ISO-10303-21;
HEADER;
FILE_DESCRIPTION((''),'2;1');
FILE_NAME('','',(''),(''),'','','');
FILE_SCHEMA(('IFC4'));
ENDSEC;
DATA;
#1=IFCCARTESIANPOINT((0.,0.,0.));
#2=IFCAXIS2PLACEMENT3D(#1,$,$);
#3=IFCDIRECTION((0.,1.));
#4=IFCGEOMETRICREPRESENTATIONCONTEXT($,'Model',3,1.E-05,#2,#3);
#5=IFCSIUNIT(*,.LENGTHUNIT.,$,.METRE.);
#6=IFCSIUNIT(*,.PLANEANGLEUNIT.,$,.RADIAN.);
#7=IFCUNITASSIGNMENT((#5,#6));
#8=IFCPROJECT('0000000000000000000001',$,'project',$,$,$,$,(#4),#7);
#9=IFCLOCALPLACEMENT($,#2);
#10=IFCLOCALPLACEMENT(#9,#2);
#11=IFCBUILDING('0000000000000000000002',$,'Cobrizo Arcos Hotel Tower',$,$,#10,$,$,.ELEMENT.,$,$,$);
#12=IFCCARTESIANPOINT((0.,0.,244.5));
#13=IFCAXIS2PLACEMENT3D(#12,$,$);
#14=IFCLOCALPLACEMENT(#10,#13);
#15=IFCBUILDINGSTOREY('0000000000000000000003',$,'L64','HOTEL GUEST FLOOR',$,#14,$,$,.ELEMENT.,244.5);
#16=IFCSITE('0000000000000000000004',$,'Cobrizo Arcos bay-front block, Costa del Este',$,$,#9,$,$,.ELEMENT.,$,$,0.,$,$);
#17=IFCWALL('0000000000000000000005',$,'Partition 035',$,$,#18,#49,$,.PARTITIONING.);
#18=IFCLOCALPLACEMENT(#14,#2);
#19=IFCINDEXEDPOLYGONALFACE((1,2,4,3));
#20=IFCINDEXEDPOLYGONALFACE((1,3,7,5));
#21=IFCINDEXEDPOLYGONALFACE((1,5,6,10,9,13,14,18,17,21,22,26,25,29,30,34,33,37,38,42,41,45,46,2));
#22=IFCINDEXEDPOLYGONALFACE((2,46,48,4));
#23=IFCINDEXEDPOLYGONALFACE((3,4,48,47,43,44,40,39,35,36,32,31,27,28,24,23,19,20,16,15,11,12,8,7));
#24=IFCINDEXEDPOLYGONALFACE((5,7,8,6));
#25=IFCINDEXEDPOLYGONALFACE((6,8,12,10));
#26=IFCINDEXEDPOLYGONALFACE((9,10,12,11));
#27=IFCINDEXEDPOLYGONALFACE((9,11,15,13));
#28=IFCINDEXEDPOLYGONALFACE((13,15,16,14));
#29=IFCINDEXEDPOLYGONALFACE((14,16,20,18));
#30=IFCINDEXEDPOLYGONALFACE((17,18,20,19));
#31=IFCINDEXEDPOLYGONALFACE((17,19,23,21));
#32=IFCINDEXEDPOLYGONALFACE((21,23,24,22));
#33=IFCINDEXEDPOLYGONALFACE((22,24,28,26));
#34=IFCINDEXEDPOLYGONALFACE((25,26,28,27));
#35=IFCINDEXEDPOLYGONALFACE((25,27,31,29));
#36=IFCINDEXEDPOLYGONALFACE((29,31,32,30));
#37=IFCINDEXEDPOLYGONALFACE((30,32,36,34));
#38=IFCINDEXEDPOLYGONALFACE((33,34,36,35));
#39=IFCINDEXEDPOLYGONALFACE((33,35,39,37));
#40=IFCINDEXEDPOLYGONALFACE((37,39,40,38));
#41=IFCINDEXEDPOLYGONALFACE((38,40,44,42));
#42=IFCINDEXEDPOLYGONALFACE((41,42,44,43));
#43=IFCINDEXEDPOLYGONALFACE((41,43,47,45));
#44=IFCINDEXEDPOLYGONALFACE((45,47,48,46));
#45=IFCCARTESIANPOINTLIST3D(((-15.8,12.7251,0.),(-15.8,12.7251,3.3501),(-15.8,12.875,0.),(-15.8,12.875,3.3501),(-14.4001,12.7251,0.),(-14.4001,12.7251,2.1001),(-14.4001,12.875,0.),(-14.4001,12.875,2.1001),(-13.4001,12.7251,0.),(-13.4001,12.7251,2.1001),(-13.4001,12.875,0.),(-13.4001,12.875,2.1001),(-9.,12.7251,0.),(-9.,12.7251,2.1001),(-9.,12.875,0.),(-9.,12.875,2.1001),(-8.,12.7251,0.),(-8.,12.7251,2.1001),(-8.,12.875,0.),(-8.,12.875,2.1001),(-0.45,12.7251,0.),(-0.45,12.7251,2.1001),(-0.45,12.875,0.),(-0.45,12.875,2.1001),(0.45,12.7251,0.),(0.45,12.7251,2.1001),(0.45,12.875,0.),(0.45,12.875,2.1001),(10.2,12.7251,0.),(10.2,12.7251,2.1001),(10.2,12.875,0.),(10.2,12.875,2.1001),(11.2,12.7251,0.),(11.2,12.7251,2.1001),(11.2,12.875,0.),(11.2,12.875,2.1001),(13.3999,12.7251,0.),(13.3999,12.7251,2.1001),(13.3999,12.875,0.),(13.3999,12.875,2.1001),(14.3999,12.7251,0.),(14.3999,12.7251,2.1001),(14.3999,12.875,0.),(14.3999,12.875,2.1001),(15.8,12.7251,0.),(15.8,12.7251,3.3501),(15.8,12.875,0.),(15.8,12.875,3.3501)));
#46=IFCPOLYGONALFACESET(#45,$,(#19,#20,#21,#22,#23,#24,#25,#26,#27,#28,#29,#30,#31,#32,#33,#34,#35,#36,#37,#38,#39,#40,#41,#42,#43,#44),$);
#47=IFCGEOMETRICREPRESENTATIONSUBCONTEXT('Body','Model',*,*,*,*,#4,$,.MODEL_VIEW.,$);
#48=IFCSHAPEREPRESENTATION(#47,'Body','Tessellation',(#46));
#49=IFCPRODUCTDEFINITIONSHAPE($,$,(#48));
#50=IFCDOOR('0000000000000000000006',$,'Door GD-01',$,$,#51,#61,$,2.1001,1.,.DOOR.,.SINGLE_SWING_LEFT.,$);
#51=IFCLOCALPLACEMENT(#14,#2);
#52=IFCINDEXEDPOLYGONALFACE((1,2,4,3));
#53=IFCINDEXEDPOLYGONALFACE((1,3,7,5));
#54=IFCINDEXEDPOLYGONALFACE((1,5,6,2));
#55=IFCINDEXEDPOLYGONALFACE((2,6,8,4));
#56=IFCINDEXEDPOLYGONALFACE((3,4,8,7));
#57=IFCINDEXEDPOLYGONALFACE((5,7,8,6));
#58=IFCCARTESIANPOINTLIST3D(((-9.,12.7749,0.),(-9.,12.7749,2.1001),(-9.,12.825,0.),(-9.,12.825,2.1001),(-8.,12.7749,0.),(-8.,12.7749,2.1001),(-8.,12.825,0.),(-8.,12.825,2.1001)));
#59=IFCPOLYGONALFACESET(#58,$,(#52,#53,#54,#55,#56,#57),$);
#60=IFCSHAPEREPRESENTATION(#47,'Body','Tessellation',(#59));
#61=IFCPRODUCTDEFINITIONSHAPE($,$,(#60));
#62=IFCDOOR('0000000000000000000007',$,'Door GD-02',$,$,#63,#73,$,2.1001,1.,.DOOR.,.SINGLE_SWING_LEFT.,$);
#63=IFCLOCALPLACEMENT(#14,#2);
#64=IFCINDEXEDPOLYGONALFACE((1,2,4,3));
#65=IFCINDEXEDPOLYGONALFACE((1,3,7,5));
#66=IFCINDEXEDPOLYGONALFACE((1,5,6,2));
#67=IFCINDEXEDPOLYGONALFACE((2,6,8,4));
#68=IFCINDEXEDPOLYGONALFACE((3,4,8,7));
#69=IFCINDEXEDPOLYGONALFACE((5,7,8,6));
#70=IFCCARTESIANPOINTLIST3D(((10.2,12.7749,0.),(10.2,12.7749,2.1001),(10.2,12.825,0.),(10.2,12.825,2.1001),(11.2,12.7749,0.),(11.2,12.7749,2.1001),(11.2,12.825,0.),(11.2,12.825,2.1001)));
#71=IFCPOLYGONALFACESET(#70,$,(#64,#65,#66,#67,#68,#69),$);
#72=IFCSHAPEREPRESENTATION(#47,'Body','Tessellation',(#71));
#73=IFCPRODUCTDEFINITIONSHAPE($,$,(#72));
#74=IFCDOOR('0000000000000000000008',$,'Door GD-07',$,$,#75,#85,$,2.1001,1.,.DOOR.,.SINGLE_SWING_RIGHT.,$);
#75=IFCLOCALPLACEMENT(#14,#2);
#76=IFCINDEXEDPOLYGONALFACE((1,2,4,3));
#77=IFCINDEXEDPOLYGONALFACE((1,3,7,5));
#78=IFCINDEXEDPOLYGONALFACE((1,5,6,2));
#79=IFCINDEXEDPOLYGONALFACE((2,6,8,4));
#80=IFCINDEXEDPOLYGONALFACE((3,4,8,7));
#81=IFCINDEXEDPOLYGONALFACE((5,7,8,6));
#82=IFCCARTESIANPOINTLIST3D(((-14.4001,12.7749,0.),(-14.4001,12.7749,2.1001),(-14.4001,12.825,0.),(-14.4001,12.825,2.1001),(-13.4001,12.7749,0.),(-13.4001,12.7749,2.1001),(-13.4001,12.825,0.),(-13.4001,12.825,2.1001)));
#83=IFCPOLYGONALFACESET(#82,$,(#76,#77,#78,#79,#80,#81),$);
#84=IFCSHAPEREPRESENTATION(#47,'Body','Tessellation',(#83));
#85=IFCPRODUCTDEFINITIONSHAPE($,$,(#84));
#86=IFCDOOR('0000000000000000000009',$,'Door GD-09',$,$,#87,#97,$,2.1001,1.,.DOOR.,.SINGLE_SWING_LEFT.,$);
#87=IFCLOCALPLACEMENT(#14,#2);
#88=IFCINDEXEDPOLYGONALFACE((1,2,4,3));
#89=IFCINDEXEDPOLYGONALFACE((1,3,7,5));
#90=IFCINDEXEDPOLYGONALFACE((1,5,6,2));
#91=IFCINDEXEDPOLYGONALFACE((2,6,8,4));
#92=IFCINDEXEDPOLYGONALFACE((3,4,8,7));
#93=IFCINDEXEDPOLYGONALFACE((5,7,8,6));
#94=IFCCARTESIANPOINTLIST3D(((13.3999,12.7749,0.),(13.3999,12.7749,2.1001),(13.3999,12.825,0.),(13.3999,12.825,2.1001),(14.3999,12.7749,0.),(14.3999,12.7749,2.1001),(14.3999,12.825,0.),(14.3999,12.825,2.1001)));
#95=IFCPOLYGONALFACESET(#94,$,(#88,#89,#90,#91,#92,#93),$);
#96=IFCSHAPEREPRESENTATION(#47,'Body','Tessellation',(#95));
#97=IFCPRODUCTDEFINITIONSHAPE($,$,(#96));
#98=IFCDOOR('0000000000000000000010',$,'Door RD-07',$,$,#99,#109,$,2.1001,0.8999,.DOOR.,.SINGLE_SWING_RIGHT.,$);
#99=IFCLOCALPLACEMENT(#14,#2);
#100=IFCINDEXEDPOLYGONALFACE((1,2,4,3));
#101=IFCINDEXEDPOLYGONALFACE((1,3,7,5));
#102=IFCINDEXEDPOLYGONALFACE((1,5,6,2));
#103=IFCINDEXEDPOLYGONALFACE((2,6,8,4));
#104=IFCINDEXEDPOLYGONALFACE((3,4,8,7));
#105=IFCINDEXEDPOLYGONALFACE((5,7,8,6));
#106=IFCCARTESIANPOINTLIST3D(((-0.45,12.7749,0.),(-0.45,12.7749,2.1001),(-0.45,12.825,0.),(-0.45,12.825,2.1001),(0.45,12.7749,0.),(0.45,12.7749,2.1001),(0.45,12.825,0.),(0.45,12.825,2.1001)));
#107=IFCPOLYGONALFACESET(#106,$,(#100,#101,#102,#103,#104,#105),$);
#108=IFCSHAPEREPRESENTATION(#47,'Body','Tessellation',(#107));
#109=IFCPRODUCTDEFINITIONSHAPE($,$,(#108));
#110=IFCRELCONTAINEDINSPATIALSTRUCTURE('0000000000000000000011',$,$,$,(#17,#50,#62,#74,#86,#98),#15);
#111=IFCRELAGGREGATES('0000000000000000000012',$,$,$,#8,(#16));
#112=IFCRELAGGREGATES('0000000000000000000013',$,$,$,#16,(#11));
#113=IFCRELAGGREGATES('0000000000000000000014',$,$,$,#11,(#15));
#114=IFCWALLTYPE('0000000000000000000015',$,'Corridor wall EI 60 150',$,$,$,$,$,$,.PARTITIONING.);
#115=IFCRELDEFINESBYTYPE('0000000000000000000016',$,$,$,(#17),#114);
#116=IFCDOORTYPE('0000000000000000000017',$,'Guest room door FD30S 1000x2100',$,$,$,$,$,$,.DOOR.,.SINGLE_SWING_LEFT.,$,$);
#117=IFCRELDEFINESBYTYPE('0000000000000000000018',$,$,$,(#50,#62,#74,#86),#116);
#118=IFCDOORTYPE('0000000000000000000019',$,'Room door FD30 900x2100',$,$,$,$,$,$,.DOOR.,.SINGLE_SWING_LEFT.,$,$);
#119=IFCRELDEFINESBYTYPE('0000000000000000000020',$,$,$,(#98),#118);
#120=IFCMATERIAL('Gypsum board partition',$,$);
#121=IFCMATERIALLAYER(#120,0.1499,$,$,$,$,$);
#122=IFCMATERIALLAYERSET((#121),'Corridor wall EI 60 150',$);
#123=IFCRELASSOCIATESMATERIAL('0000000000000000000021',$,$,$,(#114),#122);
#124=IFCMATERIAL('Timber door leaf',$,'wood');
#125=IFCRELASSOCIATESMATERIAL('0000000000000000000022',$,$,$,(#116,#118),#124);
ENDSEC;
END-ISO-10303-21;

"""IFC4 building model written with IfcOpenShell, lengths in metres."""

from ifc_helpers import new_model, si_unit, direction, frame, frame_2d, origin, place, context, subcontext, project, spatial, rectangle, extrude, material, layer, layer_set, type_object, element, fill, save


model = new_model("IFC4")

# Units and contexts
model_context = context("Model", 3, precision=1e-05, world=origin(), true_north=direction((0.0, 1.0)))
body_context = subcontext(model_context, "Body", "Model", "MODEL_VIEW")
ifc_project = project(units=[si_unit("LENGTHUNIT", "METRE"), si_unit("PLANEANGLEUNIT", "RADIAN")], contexts=[model_context])

# Site, building, storey
site_placement = place(None, origin())
site = spatial("IfcSite", under=ifc_project, at=site_placement, Name="Cobrizo Arcos bay-front block, Costa del Este", CompositionType="ELEMENT", RefElevation=0.0)
building_placement = place(site_placement, origin())
building = spatial("IfcBuilding", under=site, at=building_placement, Name="Cobrizo Arcos Hotel Tower", CompositionType="ELEMENT")
storey_placement = place(building_placement, frame((0.0, 0.0, 244.5)))
storey = spatial("IfcBuildingStorey", under=building, at=storey_placement, Name="L64", Description="HOTEL GUEST FLOOR", CompositionType="ELEMENT", Elevation=244.5)

# Wall, openings, doors
ifc_material_1 = material(Name="Gypsum board partition")
ifc_layer_1 = layer(ifc_material_1, 0.1499)
ifc_layer_set_1 = layer_set([ifc_layer_1], Name="Corridor wall EI 60 150")
wall_type = type_object("IfcWallType", Name="Corridor wall EI 60 150", PredefinedType="PARTITIONING", material=ifc_layer_set_1)
wall_placement = place(storey_placement, frame((-15.8, 12.8, 0.0), z_axis=(0.0, 0.0, 1.0), x_axis=(1.0, 0.0, 0.0)))
wall = element("IfcWall", 1, at=wall_placement, inside=storey, type_object=wall_type, Name="Partition 035", PredefinedType="PARTITIONING", context=body_context, shape_type="SweptSolid", body=[
    extrude(rectangle(XDim=31.6001, YDim=0.1499, at=frame_2d((15.8, 0.0))), origin(), (0.0, 0.0, 1.0), 3.3501),
])
opening_1_placement = place(wall_placement, frame((6.8, 0.0, 0.0)))
opening_1 = element("IfcOpeningElement", 2, at=opening_1_placement, cuts=wall, PredefinedType="OPENING", context=body_context, shape_type="SweptSolid", body=[
    extrude(rectangle(XDim=1.0, YDim=2.1001, at=frame_2d((0.5, 1.05))), frame((0.0, 0.0869, 0.0), z_axis=(0.0, -1.0, 0.0), x_axis=(1.0, 0.0, 0.0)), (0.0, 0.0, 1.0), 0.1738),
])
opening_2_placement = place(wall_placement, frame((15.3501, 0.0, 0.0)))
opening_2 = element("IfcOpeningElement", 3, at=opening_2_placement, cuts=wall, PredefinedType="OPENING", context=body_context, shape_type="SweptSolid", body=[
    extrude(rectangle(XDim=0.8999, YDim=2.1001, at=frame_2d((0.45, 1.05))), frame((0.0, 0.0869, 0.0), z_axis=(0.0, -1.0, 0.0), x_axis=(1.0, 0.0, 0.0)), (0.0, 0.0, 1.0), 0.1738),
])
opening_3_placement = place(wall_placement, frame((26.0, 0.0, 0.0)))
opening_3 = element("IfcOpeningElement", 4, at=opening_3_placement, cuts=wall, PredefinedType="OPENING", context=body_context, shape_type="SweptSolid", body=[
    extrude(rectangle(XDim=1.0, YDim=2.1001, at=frame_2d((0.5, 1.05))), frame((0.0, 0.0869, 0.0), z_axis=(0.0, -1.0, 0.0), x_axis=(1.0, 0.0, 0.0)), (0.0, 0.0, 1.0), 0.1738),
])
opening_4_placement = place(wall_placement, frame((1.3999, 0.0, 0.0)))
opening_4 = element("IfcOpeningElement", 5, at=opening_4_placement, cuts=wall, PredefinedType="OPENING", context=body_context, shape_type="SweptSolid", body=[
    extrude(rectangle(XDim=1.0, YDim=2.1001, at=frame_2d((0.5, 1.05))), frame((0.0, 0.0869, 0.0), z_axis=(0.0, -1.0, 0.0), x_axis=(1.0, 0.0, 0.0)), (0.0, 0.0, 1.0), 0.1738),
])
opening_5_placement = place(wall_placement, frame((29.2, 0.0, 0.0)))
opening_5 = element("IfcOpeningElement", 6, at=opening_5_placement, cuts=wall, PredefinedType="OPENING", context=body_context, shape_type="SweptSolid", body=[
    extrude(rectangle(XDim=1.0, YDim=2.1001, at=frame_2d((0.5, 1.05))), frame((0.0, 0.0869, 0.0), z_axis=(0.0, -1.0, 0.0), x_axis=(1.0, 0.0, 0.0)), (0.0, 0.0, 1.0), 0.1738),
])
ifc_material_2 = material(Name="Timber door leaf", Category="wood")
door_type_1 = type_object("IfcDoorType", Name="Guest room door FD30S 1000x2100", OperationType="SINGLE_SWING_LEFT", PredefinedType="DOOR", material=ifc_material_2)
door_1_placement = place(opening_1_placement, origin())
door_1 = element("IfcDoor", 7, at=door_1_placement, inside=storey, type_object=door_type_1, Name="Door GD-01", OperationType="SINGLE_SWING_LEFT", OverallHeight=2.1001, OverallWidth=1.0, PredefinedType="DOOR", context=body_context, shape_type="SweptSolid", body=[
    extrude(rectangle(XDim=1.0, YDim=2.1001, at=frame_2d((0.5, 1.05))), frame((0.0, 0.0249, 0.0), z_axis=(0.0, -1.0, 0.0), x_axis=(1.0, 0.0, 0.0)), (0.0, 0.0, 1.0), 0.05),
])
fill(opening_1, door_1)
door_2_placement = place(opening_3_placement, origin())
door_2 = element("IfcDoor", 8, at=door_2_placement, inside=storey, type_object=door_type_1, Name="Door GD-02", OperationType="SINGLE_SWING_LEFT", OverallHeight=2.1001, OverallWidth=1.0, PredefinedType="DOOR", context=body_context, shape_type="SweptSolid", body=[
    extrude(rectangle(XDim=1.0, YDim=2.1001, at=frame_2d((0.5, 1.05))), frame((0.0, 0.0249, 0.0), z_axis=(0.0, -1.0, 0.0), x_axis=(1.0, 0.0, 0.0)), (0.0, 0.0, 1.0), 0.05),
])
fill(opening_3, door_2)
door_3_placement = place(opening_4_placement, origin())
door_3 = element("IfcDoor", 9, at=door_3_placement, inside=storey, type_object=door_type_1, Name="Door GD-07", OperationType="SINGLE_SWING_RIGHT", OverallHeight=2.1001, OverallWidth=1.0, PredefinedType="DOOR", context=body_context, shape_type="SweptSolid", body=[
    extrude(rectangle(XDim=1.0, YDim=2.1001, at=frame_2d((0.5, 1.05))), frame((0.0, 0.0249, 0.0), z_axis=(0.0, -1.0, 0.0), x_axis=(1.0, 0.0, 0.0)), (0.0, 0.0, 1.0), 0.05),
])
fill(opening_4, door_3)
door_4_placement = place(opening_5_placement, origin())
door_4 = element("IfcDoor", 10, at=door_4_placement, inside=storey, type_object=door_type_1, Name="Door GD-09", OperationType="SINGLE_SWING_LEFT", OverallHeight=2.1001, OverallWidth=1.0, PredefinedType="DOOR", context=body_context, shape_type="SweptSolid", body=[
    extrude(rectangle(XDim=1.0, YDim=2.1001, at=frame_2d((0.5, 1.05))), frame((0.0, 0.0249, 0.0), z_axis=(0.0, -1.0, 0.0), x_axis=(1.0, 0.0, 0.0)), (0.0, 0.0, 1.0), 0.05),
])
fill(opening_5, door_4)
door_type_2 = type_object("IfcDoorType", Name="Room door FD30 900x2100", OperationType="SINGLE_SWING_LEFT", PredefinedType="DOOR", material=ifc_material_2)
door_5_placement = place(opening_2_placement, origin())
door_5 = element("IfcDoor", 11, at=door_5_placement, inside=storey, type_object=door_type_2, Name="Door RD-07", OperationType="SINGLE_SWING_RIGHT", OverallHeight=2.1001, OverallWidth=0.8999, PredefinedType="DOOR", context=body_context, shape_type="SweptSolid", body=[
    extrude(rectangle(XDim=0.8999, YDim=2.1001, at=frame_2d((0.45, 1.05))), frame((0.0, 0.0249, 0.0), z_axis=(0.0, -1.0, 0.0), x_axis=(1.0, 0.0, 0.0)), (0.0, 0.0, 1.0), 0.05),
])
fill(opening_2, door_5)

save(model, "model.ifc")
